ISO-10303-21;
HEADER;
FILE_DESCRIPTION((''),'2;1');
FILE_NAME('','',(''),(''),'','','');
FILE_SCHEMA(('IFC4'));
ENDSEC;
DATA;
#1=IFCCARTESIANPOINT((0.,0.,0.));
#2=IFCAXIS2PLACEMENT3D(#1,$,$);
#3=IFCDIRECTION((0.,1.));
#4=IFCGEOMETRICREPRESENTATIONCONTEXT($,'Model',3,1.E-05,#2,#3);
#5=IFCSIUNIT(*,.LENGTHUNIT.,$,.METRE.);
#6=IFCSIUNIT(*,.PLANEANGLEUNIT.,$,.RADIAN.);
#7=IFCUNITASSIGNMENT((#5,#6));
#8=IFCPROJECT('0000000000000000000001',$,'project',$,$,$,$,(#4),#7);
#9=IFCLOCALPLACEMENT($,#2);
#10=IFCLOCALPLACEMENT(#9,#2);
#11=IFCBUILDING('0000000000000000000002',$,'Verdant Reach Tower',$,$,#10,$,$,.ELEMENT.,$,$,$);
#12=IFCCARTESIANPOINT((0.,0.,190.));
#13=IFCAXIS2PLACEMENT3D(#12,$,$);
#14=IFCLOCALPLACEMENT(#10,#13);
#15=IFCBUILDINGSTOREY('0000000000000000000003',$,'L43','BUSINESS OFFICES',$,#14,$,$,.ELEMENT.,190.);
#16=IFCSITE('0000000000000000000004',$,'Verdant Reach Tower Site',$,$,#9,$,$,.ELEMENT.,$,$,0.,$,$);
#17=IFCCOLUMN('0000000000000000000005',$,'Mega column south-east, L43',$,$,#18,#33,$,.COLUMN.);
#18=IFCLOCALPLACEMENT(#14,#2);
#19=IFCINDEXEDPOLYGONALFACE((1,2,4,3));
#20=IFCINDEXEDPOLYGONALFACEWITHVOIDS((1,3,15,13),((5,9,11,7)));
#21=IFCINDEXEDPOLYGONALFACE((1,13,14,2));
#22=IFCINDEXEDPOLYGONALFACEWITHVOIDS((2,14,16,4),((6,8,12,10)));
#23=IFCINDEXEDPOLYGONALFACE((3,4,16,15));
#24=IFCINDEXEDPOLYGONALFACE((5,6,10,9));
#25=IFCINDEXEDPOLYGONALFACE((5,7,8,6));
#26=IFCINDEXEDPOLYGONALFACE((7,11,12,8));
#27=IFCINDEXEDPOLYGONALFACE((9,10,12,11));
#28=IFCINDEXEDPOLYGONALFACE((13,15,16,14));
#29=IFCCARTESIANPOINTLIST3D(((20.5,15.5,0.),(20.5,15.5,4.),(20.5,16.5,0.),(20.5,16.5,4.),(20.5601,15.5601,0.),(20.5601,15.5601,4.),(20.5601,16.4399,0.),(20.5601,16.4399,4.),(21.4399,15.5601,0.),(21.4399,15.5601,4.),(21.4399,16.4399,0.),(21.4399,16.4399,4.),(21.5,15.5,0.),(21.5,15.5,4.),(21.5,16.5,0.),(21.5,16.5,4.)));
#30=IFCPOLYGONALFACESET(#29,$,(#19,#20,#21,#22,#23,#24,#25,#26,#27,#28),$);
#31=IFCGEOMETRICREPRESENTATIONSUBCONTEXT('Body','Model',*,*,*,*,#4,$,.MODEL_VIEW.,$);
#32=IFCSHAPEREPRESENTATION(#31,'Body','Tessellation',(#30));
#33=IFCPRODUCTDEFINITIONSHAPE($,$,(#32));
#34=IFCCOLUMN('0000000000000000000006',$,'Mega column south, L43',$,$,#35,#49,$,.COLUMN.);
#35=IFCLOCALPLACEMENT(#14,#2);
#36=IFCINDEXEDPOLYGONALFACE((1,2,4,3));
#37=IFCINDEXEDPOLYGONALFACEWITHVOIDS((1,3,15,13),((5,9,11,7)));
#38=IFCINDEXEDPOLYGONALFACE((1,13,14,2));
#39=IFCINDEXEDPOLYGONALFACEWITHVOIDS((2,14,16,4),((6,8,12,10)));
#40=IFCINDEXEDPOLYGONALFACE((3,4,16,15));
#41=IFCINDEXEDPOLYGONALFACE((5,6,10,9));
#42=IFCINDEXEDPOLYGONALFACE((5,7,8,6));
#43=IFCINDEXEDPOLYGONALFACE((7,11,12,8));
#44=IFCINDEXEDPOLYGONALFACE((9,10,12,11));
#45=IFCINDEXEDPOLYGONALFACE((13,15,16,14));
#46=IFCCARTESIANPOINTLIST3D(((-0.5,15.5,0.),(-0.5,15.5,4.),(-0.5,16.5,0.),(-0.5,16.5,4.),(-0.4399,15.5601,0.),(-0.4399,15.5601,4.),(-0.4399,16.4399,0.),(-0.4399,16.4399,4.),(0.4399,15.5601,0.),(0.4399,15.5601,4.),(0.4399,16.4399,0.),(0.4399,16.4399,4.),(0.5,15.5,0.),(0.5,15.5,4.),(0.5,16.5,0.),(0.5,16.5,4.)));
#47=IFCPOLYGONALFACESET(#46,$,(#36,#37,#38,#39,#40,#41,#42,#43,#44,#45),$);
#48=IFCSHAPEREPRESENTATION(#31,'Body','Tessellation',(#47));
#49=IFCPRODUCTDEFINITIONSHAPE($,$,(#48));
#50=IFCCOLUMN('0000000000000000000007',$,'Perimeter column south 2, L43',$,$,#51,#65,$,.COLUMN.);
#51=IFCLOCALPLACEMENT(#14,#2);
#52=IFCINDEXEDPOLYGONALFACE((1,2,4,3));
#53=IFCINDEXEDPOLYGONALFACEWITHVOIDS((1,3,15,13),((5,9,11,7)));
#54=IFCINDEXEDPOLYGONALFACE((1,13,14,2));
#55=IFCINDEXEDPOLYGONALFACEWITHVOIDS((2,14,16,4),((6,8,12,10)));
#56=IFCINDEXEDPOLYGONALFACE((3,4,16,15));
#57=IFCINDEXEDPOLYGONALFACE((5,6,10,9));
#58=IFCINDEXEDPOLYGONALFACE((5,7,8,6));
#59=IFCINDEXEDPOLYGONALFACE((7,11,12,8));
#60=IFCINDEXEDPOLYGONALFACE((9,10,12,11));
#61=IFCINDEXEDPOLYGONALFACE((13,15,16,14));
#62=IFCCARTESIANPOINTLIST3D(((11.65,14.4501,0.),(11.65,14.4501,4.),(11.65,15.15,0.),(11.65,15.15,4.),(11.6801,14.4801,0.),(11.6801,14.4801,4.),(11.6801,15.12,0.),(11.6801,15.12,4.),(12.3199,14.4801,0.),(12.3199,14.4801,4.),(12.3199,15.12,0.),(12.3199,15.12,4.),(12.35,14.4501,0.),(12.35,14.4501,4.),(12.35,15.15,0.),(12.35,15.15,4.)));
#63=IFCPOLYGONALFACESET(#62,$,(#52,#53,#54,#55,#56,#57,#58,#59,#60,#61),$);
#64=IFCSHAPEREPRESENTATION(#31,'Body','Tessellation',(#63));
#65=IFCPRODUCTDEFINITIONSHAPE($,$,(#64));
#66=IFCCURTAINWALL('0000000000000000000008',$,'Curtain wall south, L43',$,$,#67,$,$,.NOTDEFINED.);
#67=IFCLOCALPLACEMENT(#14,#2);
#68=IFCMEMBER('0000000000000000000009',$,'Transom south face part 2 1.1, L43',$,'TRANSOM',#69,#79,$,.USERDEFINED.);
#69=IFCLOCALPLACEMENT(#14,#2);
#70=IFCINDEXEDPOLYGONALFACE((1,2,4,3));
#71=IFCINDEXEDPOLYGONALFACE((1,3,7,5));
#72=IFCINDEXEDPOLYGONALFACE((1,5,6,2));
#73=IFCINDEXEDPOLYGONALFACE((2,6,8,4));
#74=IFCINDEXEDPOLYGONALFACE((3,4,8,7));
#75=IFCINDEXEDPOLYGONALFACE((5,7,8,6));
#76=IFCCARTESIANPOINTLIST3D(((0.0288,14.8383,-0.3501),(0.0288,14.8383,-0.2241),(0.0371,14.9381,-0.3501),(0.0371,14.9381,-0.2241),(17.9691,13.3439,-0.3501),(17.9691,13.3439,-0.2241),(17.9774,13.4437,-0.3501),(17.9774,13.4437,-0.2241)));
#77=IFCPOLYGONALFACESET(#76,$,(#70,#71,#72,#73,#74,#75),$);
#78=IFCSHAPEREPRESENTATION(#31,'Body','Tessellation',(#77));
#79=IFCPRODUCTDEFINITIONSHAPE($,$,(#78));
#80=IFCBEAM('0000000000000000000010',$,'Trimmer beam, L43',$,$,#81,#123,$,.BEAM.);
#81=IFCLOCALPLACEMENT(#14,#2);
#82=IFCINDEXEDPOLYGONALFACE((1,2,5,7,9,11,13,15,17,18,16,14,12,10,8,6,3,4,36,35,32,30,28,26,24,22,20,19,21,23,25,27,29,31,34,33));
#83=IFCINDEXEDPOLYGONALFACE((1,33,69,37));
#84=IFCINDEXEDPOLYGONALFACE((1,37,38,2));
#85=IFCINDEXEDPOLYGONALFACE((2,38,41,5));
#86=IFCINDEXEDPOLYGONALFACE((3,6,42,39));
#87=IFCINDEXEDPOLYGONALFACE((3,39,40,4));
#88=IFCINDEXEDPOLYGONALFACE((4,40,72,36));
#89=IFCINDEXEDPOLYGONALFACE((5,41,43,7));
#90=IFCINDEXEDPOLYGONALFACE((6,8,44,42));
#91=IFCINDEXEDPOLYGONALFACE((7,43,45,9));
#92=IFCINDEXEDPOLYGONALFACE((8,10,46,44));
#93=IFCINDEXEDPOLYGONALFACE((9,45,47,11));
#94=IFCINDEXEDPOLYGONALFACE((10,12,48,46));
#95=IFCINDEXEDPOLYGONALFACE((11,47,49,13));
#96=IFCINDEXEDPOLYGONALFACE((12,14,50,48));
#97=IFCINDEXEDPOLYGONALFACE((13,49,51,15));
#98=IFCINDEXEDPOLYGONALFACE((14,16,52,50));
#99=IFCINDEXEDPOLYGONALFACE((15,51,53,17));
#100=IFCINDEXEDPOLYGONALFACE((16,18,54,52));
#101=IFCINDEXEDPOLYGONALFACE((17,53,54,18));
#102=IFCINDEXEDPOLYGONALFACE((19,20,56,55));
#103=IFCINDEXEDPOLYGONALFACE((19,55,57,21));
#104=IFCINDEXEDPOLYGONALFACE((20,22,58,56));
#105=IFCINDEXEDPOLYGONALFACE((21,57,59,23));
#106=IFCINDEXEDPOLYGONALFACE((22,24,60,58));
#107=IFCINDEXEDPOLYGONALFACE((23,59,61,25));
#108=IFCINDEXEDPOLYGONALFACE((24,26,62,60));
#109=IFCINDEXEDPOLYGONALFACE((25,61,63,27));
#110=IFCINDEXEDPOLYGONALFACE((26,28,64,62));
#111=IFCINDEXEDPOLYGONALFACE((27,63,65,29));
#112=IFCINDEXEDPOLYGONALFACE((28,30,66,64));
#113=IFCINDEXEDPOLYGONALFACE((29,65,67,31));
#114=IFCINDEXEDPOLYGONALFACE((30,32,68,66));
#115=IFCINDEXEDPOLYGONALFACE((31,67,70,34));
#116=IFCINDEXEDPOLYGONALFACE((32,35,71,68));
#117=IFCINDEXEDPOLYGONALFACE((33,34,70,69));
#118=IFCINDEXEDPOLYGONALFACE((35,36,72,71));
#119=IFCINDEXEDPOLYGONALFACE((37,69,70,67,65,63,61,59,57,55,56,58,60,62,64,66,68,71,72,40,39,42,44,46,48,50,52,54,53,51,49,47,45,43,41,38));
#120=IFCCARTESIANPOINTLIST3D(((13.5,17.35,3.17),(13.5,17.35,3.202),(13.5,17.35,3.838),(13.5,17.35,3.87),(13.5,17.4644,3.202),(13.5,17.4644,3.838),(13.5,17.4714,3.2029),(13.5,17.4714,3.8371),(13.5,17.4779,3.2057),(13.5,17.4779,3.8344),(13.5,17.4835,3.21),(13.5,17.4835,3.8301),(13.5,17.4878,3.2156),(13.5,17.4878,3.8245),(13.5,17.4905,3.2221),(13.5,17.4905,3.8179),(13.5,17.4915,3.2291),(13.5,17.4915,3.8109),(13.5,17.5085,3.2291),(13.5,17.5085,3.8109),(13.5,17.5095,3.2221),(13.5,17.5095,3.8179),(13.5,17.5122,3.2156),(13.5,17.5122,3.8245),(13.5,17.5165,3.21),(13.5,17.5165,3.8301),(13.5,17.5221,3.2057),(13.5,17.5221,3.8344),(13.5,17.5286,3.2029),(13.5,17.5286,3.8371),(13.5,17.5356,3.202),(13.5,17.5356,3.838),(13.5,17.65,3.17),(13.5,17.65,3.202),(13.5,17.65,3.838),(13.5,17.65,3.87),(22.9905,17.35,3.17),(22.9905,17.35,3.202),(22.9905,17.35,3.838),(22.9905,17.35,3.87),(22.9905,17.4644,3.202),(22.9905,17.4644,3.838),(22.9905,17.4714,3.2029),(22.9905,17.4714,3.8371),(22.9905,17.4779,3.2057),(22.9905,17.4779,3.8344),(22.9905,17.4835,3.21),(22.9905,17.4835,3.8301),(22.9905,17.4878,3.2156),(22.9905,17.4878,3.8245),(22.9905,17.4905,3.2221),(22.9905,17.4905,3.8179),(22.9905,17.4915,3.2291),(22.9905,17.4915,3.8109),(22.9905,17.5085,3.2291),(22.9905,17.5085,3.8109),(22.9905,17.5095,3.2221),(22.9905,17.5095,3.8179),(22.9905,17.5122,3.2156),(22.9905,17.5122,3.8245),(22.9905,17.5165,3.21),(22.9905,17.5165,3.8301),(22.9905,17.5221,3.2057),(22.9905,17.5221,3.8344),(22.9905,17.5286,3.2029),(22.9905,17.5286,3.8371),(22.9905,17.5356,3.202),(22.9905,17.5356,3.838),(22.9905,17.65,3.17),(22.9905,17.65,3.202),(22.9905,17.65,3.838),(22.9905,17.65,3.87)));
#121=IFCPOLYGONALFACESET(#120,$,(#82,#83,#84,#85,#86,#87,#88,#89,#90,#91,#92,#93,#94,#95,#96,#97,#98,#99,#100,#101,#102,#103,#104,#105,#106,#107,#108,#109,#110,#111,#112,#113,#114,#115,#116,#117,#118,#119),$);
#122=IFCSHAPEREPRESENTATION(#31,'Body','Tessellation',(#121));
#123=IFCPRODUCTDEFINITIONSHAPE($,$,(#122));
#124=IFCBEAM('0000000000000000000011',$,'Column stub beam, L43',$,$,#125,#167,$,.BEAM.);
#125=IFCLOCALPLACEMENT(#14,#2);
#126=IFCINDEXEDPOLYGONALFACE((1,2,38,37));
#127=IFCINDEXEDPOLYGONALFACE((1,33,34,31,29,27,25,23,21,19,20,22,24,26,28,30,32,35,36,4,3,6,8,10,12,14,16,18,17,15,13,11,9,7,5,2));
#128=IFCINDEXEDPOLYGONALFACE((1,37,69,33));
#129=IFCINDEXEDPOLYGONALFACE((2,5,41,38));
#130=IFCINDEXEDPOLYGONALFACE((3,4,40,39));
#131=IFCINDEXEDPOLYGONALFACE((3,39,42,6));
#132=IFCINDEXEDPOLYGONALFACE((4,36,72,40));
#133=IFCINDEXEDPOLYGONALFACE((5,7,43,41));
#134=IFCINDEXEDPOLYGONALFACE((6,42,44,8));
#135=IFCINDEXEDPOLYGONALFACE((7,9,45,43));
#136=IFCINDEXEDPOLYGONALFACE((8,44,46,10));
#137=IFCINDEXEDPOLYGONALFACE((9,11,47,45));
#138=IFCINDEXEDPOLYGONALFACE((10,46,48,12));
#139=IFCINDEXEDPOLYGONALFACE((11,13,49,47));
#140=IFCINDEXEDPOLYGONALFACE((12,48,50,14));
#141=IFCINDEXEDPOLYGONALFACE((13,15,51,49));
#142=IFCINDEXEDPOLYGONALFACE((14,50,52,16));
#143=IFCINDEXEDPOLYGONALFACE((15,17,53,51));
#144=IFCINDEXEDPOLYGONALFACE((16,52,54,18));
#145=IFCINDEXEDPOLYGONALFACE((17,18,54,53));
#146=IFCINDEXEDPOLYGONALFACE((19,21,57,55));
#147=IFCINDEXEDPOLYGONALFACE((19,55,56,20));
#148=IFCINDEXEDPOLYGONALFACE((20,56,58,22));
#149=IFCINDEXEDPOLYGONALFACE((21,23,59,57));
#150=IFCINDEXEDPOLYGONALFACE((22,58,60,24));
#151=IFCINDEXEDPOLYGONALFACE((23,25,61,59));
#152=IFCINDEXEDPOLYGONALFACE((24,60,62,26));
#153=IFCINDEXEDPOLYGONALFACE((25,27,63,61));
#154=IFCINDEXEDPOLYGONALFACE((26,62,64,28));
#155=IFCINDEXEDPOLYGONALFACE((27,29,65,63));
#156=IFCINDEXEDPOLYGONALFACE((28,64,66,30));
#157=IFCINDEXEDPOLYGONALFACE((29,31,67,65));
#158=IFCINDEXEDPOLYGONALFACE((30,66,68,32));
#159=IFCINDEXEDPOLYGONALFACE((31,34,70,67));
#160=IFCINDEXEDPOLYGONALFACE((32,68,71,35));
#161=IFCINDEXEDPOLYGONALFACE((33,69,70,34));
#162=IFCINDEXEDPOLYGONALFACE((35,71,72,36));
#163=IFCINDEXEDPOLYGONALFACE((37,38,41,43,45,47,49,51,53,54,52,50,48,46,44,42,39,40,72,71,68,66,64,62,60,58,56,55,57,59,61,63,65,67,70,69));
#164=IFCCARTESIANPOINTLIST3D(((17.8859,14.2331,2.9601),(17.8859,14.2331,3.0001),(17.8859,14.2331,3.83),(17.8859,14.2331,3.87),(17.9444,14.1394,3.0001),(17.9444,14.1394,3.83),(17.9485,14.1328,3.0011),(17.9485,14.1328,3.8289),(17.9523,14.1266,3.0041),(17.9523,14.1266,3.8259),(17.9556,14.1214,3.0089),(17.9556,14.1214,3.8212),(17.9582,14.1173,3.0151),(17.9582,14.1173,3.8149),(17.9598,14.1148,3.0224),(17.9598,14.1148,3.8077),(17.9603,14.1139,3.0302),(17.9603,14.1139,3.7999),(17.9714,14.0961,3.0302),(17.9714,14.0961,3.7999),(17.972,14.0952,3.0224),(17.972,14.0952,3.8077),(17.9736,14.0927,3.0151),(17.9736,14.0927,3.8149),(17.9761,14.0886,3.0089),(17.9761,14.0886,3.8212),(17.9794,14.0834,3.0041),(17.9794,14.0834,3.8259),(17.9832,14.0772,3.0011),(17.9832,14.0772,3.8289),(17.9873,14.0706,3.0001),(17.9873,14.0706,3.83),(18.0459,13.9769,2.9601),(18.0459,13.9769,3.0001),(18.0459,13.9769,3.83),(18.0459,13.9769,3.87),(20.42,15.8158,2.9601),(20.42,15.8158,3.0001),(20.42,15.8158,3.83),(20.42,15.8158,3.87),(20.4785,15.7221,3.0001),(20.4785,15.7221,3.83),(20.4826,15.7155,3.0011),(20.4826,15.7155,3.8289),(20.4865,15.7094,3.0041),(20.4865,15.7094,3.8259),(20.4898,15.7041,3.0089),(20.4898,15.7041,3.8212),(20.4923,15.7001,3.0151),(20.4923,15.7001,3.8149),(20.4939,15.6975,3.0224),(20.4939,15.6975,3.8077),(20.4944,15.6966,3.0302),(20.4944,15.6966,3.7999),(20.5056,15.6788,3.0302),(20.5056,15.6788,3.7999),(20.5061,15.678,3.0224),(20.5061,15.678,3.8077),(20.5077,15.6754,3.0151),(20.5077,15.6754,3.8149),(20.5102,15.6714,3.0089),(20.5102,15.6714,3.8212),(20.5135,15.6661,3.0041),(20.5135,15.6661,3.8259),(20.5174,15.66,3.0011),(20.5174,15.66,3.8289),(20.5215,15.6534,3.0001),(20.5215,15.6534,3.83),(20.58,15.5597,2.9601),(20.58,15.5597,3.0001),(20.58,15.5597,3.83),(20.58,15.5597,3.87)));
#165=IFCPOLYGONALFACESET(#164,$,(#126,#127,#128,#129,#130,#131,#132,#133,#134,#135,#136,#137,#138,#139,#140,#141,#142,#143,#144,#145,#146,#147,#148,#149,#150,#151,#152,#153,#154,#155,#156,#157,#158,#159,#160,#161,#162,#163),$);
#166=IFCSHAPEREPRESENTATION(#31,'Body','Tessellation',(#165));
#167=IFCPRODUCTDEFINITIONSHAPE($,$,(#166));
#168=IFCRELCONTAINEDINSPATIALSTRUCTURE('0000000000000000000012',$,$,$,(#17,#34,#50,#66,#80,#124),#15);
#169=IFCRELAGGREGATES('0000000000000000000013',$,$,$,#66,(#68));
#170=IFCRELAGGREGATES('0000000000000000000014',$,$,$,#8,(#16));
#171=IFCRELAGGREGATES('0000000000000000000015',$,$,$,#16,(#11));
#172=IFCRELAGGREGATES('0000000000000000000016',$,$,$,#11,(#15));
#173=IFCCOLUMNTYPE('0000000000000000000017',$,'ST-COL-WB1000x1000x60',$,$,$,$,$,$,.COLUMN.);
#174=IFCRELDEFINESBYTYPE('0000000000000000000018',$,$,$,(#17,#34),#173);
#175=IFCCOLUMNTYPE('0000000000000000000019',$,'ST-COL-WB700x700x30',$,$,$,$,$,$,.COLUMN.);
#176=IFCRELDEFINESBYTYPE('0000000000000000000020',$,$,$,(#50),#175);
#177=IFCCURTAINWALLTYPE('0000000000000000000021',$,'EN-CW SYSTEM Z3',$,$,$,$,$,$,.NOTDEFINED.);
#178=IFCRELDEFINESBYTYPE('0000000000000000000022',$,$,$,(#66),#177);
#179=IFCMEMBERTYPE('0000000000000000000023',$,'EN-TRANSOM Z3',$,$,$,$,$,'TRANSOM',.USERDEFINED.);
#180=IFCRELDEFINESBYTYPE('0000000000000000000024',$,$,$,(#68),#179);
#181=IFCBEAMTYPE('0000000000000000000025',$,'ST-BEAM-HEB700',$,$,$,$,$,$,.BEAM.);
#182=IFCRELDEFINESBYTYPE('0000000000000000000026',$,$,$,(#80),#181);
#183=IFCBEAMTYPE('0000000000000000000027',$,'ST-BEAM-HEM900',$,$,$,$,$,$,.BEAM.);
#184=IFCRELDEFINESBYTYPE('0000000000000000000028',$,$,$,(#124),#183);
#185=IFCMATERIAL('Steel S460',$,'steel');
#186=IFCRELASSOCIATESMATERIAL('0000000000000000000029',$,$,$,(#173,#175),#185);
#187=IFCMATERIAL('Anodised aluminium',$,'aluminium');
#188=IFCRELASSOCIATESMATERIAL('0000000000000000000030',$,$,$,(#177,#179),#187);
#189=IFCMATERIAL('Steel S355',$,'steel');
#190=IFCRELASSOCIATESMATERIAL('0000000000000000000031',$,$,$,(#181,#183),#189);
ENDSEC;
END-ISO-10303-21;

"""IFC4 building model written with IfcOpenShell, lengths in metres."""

from ifc_helpers import new_model, si_unit, direction, frame, origin, origin_2d, place, context, subcontext, project, spatial, rectangle, hollow_rectangle, i_section, extrude, material, material_profile, profile_set, type_object, element, aggregate, save


model = new_model("IFC4")

# Units and contexts
model_context = context("Model", 3, precision=1e-05, world=origin(), true_north=direction((0.0, 1.0)))
body_context = subcontext(model_context, "Body", "Model", "MODEL_VIEW")
ifc_project = project(units=[si_unit("LENGTHUNIT", "METRE"), si_unit("PLANEANGLEUNIT", "RADIAN")], contexts=[model_context])

# Site, building, storey
site_placement = place(None, origin())
site = spatial("IfcSite", under=ifc_project, at=site_placement, Name="Verdant Reach Tower Site", CompositionType="ELEMENT", RefElevation=0.0)
building_placement = place(site_placement, origin())
building = spatial("IfcBuilding", under=site, at=building_placement, Name="Verdant Reach Tower", CompositionType="ELEMENT")
storey_placement = place(building_placement, frame((0.0, 0.0, 190.0)))
storey = spatial("IfcBuildingStorey", under=building, at=storey_placement, Name="L43", Description="BUSINESS OFFICES", CompositionType="ELEMENT", Elevation=190.0)

# Columns
ifc_material_1 = material(Name="Steel S460", Category="steel")
ifc_material_profile_1 = material_profile(ifc_material_1, hollow_rectangle(XDim=1.0, YDim=1.0, WallThickness=0.0601, at=origin_2d()), Name="WB 1000x1000x60")
ifc_profile_set_1 = profile_set([ifc_material_profile_1], Name="Steel S460")
column_type_1 = type_object("IfcColumnType", Name="ST-COL-WB1000x1000x60", PredefinedType="COLUMN", material=ifc_profile_set_1)
for number, where, z_axis, x_axis, name in (
    (1, (21.0, 16.0, 0.0), (0.0, 0.0, 1.0), (1.0, 0.0, 0.0), "Mega column south-east, L43"),
    (2, (0.0, 16.0, 0.0), (0.0, 0.0, 1.0), (1.0, 0.0, 0.0), "Mega column south, L43"),
):
    element("IfcColumn", number, at=place(storey_placement, frame(where, z_axis=z_axis, x_axis=x_axis)), inside=storey, type_object=column_type_1, Name=name, PredefinedType="COLUMN", context=body_context, shape_type="SweptSolid", body=[
        extrude(hollow_rectangle(XDim=1.0, YDim=1.0, WallThickness=0.0601, at=origin_2d()), origin(), (0.0, 0.0, 1.0), 4.0),
    ])
ifc_material_profile_2 = material_profile(ifc_material_1, hollow_rectangle(XDim=0.7, YDim=0.7, WallThickness=0.03, at=origin_2d()), Name="WB 700x700x30")
ifc_profile_set_2 = profile_set([ifc_material_profile_2], Name="Steel S460")
column_type_2 = type_object("IfcColumnType", Name="ST-COL-WB700x700x30", PredefinedType="COLUMN", material=ifc_profile_set_2)
column_placement = place(storey_placement, frame((12.0, 14.8, 0.0), z_axis=(0.0, 0.0, 1.0), x_axis=(1.0, 0.0, 0.0)))
element("IfcColumn", 3, at=column_placement, inside=storey, type_object=column_type_2, Name="Perimeter column south 2, L43", PredefinedType="COLUMN", context=body_context, shape_type="SweptSolid", body=[
    extrude(hollow_rectangle(XDim=0.7, YDim=0.7, WallThickness=0.03, at=origin_2d()), origin(), (0.0, 0.0, 1.0), 4.0),
])

# Curtain wall, member
ifc_material_2 = material(Name="Anodised aluminium", Category="aluminium")
curtain_wall_type = type_object("IfcCurtainWallType", Name="EN-CW SYSTEM Z3", PredefinedType="NOTDEFINED", material=ifc_material_2)
curtain_wall_1_placement = place(storey_placement, origin())
curtain_wall_1 = element("IfcCurtainWall", 4, at=curtain_wall_1_placement, inside=storey, type_object=curtain_wall_type, Name="Curtain wall south, L43", PredefinedType="NOTDEFINED")
ifc_material_profile_3 = material_profile(ifc_material_2, rectangle(XDim=0.1001, YDim=0.126, at=origin_2d()), Name="Transom 126x100")
ifc_profile_set_3 = profile_set([ifc_material_profile_3], Name="Anodised aluminium")
member_type = type_object("IfcMemberType", Name="EN-TRANSOM Z3", ElementType="TRANSOM", PredefinedType="USERDEFINED", material=ifc_profile_set_3)
member_placement = place(storey_placement, frame((0.033, 14.8882, -0.2871), z_axis=(0.996549, -0.08301, 0.0), x_axis=(0.08301, 0.996549, 0.0)))
member = element("IfcMember", 5, at=member_placement, type_object=member_type, Name="Transom south face part 2 1.1, L43", ObjectType="TRANSOM", PredefinedType="USERDEFINED", context=body_context, shape_type="SweptSolid", body=[
    extrude(rectangle(XDim=0.1001, YDim=0.126, at=origin_2d()), origin(), (0.0, 0.0, 1.0), 18.0024),
])

# Beams
ifc_material_3 = material(Name="Steel S355", Category="steel")
ifc_material_profile_4 = material_profile(ifc_material_3, i_section(OverallWidth=0.3, OverallDepth=0.7, WebThickness=0.0171, FlangeThickness=0.032, FilletRadius=0.0271, at=origin_2d()), Name="HEB 700")
ifc_profile_set_4 = profile_set([ifc_material_profile_4], Name="Steel S355")
beam_type_1 = type_object("IfcBeamType", Name="ST-BEAM-HEB700", PredefinedType="BEAM", material=ifc_profile_set_4)
beam_1_placement = place(storey_placement, frame((13.5, 17.5, 3.52), z_axis=(1.0, 0.0, 0.0), x_axis=(0.0, 1.0, 0.0)))
element("IfcBeam", 6, at=beam_1_placement, inside=storey, type_object=beam_type_1, Name="Trimmer beam, L43", PredefinedType="BEAM", context=body_context, shape_type="SweptSolid", body=[
    extrude(i_section(OverallWidth=0.3, OverallDepth=0.7, WebThickness=0.0171, FlangeThickness=0.032, FilletRadius=0.0271, at=origin_2d()), origin(), (0.0, 0.0, 1.0), 9.4905),
])
ifc_material_profile_5 = material_profile(ifc_material_3, i_section(OverallWidth=0.302, OverallDepth=0.9099, WebThickness=0.021, FlangeThickness=0.04, FilletRadius=0.03, at=origin_2d()), Name="HEM 900")
ifc_profile_set_5 = profile_set([ifc_material_profile_5], Name="Steel S355")
beam_type_2 = type_object("IfcBeamType", Name="ST-BEAM-HEM900", PredefinedType="BEAM", material=ifc_profile_set_5)
beam_2_placement = place(storey_placement, frame((20.5, 15.6877, 3.415), z_axis=(-0.848164, -0.529735, 0.0), x_axis=(0.529735, -0.848164, 0.0)))
element("IfcBeam", 7, at=beam_2_placement, inside=storey, type_object=beam_type_2, Name="Column stub beam, L43", PredefinedType="BEAM", context=body_context, shape_type="SweptSolid", body=[
    extrude(i_section(OverallWidth=0.302, OverallDepth=0.9099, WebThickness=0.021, FlangeThickness=0.04, FilletRadius=0.03, at=origin_2d()), origin(), (0.0, 0.0, 1.0), 2.9878),
])

aggregate(curtain_wall_1, [member])

save(model, "model.ifc")
